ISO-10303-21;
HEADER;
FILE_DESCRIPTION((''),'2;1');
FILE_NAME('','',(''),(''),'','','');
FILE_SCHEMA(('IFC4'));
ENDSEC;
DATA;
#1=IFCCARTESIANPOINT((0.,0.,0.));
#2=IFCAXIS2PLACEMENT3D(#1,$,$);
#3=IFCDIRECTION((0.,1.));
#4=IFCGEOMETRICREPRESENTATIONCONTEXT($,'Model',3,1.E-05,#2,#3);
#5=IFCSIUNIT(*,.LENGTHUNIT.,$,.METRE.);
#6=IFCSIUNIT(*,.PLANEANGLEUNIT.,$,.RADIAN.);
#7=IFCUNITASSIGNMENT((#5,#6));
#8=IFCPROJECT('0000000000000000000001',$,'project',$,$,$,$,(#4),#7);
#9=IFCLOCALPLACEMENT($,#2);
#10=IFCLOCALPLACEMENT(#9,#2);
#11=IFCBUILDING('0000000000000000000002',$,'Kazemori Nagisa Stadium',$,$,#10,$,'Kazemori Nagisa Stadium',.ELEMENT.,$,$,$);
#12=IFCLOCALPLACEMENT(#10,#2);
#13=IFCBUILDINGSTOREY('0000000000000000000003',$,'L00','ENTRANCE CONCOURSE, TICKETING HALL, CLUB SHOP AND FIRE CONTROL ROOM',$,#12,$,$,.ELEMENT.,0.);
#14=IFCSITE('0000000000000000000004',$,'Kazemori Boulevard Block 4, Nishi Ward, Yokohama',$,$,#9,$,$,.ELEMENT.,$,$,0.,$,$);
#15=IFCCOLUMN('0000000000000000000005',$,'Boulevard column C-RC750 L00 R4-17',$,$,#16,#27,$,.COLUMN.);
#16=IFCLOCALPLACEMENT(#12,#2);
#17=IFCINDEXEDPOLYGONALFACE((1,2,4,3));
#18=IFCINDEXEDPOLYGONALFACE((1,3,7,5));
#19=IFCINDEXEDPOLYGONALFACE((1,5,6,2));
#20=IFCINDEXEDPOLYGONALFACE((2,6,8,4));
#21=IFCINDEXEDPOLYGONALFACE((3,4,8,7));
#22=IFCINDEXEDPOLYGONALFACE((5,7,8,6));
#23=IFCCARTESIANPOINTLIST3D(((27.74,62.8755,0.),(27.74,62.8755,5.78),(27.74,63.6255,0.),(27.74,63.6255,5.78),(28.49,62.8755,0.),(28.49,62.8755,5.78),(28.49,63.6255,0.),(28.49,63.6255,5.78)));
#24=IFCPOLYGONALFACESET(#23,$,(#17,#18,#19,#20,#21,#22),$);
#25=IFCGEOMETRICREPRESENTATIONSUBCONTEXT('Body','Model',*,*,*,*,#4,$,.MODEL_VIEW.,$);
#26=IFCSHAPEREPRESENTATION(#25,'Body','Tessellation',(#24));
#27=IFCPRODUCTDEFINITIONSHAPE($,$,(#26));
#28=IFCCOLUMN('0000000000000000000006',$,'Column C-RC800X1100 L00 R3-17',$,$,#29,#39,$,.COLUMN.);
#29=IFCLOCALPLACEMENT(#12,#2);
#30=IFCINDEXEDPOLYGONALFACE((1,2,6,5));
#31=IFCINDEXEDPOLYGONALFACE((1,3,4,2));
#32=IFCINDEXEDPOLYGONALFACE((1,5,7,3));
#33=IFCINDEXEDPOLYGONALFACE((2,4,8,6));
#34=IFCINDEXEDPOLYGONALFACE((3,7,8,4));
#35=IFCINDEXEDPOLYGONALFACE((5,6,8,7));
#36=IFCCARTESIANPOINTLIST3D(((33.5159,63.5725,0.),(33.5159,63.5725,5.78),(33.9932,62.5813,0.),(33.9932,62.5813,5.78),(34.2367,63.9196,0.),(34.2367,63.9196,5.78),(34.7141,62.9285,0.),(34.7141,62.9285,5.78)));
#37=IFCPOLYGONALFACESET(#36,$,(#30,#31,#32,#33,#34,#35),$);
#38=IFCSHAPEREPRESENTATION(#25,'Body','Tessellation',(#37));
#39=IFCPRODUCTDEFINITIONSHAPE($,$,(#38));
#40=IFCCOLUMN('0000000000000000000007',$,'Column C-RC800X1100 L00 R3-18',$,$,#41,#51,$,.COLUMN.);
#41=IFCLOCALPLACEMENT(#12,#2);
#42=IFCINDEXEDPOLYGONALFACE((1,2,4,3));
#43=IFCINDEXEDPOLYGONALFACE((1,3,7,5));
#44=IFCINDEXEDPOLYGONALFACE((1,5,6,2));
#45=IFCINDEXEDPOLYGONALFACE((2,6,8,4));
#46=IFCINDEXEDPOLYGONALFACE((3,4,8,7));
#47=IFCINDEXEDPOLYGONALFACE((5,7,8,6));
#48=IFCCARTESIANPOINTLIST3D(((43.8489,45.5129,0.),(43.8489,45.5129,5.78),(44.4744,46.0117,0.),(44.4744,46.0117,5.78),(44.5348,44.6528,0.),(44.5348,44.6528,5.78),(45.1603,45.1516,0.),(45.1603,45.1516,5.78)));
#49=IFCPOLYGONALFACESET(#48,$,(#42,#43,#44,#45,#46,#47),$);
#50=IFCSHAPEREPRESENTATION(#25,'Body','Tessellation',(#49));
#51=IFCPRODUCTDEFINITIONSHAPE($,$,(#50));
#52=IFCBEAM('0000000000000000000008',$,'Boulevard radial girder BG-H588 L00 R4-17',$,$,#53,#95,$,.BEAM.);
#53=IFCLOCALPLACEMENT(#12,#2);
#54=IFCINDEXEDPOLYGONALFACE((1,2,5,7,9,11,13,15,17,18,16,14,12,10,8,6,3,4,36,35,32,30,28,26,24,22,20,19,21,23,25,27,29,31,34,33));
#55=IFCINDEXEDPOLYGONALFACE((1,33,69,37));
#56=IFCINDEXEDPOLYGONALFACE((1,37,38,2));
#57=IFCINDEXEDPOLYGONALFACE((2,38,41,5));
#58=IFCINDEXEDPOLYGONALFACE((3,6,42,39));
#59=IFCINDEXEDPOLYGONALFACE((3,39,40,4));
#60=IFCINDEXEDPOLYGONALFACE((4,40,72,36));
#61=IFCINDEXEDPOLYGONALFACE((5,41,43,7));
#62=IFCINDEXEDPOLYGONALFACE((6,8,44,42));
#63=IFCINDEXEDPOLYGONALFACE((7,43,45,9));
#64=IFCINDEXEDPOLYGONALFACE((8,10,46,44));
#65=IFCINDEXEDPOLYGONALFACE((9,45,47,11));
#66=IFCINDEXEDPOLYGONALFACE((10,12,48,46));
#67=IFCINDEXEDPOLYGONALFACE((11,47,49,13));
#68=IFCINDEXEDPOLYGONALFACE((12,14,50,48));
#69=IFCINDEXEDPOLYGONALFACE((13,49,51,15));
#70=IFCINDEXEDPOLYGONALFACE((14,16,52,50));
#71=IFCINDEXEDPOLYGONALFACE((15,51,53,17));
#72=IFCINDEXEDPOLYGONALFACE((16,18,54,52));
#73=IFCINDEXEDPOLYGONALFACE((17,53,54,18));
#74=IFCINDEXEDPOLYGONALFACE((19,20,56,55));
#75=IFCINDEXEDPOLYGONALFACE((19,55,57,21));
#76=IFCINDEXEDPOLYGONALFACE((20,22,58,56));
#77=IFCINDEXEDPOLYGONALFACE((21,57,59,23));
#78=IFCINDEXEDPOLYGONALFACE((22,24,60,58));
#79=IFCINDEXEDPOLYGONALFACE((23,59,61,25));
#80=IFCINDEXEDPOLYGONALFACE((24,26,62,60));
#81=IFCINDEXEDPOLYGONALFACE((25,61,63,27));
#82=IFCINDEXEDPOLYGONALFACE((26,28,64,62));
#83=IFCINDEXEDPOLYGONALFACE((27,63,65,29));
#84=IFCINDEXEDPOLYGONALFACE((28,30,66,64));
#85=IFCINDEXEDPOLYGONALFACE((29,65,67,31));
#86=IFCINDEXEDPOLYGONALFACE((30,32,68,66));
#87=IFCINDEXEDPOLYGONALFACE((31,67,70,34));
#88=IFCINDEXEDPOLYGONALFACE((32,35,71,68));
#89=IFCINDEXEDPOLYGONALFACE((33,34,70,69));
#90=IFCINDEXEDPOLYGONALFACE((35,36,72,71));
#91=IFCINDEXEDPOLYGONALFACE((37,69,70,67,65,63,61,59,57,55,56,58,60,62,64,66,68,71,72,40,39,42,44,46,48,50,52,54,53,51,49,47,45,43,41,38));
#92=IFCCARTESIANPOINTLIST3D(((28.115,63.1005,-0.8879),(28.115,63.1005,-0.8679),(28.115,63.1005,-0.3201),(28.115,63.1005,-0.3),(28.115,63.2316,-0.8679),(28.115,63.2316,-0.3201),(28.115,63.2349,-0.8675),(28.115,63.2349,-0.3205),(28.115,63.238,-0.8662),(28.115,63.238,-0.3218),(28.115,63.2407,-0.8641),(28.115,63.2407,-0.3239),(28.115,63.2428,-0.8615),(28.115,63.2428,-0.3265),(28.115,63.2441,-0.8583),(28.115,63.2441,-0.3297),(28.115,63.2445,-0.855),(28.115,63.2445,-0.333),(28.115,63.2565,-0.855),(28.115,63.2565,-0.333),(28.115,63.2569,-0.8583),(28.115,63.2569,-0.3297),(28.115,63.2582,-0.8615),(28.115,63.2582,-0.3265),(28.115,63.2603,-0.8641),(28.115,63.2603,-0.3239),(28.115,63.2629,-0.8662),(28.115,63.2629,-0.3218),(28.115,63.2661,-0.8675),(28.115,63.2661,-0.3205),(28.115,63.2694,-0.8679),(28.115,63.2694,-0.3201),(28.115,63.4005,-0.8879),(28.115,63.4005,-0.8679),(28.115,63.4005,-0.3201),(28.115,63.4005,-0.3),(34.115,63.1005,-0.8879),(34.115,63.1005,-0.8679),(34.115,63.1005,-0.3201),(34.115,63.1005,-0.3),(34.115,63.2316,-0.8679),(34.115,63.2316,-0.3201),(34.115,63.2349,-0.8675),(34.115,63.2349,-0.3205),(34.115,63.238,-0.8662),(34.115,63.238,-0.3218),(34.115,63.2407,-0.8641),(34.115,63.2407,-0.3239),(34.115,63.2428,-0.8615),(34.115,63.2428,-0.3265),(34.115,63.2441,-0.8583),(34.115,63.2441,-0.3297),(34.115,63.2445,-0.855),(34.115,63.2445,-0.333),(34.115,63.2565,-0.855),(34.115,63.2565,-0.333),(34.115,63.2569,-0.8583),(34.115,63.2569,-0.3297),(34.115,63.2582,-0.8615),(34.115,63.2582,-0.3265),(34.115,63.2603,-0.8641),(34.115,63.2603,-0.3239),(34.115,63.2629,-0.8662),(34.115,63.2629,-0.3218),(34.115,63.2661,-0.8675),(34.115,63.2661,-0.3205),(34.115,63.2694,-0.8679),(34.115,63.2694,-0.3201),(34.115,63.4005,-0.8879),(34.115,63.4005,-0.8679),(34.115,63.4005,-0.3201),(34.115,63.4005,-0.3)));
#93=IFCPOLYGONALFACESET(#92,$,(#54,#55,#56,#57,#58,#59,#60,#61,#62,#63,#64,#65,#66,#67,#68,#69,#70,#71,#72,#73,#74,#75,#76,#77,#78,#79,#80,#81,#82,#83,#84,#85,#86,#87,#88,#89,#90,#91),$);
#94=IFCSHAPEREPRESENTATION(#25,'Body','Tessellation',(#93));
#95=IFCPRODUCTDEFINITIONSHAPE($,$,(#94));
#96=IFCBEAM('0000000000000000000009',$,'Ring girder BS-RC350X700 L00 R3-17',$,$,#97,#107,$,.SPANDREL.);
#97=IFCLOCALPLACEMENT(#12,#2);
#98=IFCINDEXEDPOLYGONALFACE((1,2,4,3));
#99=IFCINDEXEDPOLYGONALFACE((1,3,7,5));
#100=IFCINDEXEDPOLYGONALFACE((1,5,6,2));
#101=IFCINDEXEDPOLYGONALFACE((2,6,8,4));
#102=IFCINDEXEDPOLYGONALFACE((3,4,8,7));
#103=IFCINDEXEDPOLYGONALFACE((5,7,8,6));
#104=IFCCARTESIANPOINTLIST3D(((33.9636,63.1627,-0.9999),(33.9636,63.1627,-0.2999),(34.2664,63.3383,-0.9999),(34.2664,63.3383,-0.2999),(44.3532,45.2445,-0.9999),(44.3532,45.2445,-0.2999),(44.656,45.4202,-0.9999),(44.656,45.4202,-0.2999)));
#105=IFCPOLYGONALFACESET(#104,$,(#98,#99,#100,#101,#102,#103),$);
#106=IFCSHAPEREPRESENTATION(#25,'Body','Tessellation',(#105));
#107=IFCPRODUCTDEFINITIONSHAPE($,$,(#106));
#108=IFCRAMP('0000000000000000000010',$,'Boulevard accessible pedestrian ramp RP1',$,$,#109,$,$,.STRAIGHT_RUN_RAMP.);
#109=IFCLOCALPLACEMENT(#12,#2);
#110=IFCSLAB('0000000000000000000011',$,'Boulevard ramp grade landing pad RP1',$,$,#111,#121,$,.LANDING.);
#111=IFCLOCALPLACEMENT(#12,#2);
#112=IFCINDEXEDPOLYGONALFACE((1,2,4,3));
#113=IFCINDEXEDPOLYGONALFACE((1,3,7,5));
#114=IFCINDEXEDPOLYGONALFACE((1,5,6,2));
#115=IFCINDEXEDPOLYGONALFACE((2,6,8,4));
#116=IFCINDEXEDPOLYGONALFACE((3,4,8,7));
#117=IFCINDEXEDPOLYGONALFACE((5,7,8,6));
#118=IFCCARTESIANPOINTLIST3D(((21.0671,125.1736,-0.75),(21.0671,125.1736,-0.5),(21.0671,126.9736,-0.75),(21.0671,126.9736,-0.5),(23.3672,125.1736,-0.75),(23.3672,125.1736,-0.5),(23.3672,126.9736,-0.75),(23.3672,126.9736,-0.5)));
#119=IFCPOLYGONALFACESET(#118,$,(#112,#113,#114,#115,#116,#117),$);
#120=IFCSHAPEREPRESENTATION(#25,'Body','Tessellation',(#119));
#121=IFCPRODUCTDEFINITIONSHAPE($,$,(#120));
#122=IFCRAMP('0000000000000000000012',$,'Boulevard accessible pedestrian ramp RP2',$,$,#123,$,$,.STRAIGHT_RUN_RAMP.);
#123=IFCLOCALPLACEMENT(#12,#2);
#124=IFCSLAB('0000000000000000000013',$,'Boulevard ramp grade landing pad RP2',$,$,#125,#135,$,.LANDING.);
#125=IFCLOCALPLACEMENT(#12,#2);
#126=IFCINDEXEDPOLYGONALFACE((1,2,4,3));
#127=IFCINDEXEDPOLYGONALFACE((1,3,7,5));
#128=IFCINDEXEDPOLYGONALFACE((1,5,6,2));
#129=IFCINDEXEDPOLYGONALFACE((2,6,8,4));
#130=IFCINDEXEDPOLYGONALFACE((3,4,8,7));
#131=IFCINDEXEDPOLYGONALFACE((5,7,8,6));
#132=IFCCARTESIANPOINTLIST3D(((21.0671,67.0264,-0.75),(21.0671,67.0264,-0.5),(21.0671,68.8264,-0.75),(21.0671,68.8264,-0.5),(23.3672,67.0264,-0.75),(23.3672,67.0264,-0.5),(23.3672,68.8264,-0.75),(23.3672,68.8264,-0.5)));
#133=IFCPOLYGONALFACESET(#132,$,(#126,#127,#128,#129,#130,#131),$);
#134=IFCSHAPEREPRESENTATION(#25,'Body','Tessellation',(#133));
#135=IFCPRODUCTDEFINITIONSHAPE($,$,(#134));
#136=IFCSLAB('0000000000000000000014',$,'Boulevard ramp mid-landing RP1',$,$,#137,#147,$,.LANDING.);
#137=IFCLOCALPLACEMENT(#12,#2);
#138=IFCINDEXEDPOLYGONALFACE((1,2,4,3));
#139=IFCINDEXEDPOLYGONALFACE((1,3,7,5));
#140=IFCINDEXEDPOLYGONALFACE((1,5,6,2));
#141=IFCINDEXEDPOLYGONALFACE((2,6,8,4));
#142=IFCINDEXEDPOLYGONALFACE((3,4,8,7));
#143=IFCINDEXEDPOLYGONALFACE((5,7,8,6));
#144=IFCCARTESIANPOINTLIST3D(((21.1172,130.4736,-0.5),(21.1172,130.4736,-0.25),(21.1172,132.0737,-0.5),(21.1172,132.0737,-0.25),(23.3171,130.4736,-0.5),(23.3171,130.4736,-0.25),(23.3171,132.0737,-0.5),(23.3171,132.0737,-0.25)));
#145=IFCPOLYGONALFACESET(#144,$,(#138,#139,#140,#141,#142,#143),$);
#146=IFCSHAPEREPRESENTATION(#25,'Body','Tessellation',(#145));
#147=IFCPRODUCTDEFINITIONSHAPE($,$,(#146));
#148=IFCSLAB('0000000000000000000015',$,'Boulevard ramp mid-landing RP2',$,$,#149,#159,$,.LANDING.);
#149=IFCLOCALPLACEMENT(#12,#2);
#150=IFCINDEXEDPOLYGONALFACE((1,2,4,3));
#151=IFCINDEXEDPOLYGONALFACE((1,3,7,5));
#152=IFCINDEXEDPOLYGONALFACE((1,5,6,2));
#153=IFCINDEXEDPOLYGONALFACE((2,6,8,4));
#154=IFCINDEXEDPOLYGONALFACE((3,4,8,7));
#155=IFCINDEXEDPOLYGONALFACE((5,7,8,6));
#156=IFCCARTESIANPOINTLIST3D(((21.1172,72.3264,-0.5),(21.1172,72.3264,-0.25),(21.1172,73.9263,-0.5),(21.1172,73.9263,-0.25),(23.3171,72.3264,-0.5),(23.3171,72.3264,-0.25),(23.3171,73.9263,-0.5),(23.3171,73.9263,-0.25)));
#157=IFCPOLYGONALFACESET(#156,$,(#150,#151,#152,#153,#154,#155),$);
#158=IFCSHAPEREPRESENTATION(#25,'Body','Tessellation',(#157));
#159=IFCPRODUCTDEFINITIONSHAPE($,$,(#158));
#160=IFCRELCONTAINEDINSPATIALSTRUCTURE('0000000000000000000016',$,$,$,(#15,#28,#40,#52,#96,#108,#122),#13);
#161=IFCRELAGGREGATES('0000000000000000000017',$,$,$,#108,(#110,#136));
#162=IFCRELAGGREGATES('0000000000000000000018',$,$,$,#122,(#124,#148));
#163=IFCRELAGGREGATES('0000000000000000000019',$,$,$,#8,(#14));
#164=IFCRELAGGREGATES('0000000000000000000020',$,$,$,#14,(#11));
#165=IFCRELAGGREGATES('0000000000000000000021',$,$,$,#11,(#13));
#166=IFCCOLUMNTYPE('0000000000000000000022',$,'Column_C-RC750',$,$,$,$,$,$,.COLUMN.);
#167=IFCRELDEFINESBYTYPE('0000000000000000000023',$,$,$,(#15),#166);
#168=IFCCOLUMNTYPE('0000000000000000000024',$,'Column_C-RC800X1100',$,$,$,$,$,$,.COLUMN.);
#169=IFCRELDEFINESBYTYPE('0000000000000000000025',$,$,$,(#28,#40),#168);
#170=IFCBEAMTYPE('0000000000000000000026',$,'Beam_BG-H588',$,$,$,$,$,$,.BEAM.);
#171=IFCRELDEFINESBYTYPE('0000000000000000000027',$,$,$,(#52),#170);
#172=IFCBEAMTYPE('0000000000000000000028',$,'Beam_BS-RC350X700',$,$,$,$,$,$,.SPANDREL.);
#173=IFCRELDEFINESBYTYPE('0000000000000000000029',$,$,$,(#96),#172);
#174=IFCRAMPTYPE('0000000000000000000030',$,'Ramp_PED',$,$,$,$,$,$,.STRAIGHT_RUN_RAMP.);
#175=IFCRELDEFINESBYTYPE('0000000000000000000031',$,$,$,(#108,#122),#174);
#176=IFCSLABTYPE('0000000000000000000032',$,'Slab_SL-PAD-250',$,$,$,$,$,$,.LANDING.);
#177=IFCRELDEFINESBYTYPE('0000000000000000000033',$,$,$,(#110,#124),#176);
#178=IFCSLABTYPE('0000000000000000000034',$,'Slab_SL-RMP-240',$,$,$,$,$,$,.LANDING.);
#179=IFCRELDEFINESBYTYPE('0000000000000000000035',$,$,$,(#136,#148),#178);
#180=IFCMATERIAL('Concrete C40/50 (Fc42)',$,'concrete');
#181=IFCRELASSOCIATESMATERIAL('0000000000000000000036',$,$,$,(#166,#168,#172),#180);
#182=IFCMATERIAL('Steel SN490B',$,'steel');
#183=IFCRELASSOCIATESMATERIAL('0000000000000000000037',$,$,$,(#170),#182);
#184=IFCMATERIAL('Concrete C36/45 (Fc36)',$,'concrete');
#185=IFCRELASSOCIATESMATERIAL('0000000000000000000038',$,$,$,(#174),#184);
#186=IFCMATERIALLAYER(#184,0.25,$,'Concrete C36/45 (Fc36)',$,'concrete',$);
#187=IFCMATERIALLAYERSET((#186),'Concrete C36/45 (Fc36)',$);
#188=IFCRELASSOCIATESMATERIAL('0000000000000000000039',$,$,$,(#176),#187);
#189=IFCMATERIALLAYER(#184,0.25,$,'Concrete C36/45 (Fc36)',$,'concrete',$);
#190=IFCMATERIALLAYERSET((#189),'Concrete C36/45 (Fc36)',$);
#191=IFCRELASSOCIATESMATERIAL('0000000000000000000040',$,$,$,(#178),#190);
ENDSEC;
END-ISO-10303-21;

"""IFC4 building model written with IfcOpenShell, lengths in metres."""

from ifc_helpers import new_model, si_unit, direction, frame, origin, origin_2d, place, context, subcontext, project, spatial, polyline, rectangle, i_section, outline, extrude, material, layer, layer_set, material_profile, profile_set, type_object, element, aggregate, save


model = new_model("IFC4")

# Units and contexts
model_context = context("Model", 3, precision=1e-05, world=origin(), true_north=direction((0.0, 1.0)))
body_context = subcontext(model_context, "Body", "Model", "MODEL_VIEW")
ifc_project = project(units=[si_unit("LENGTHUNIT", "METRE"), si_unit("PLANEANGLEUNIT", "RADIAN")], contexts=[model_context])

# Site, building, storey
site_placement = place(None, origin())
site = spatial("IfcSite", under=ifc_project, at=site_placement, Name="Kazemori Boulevard Block 4, Nishi Ward, Yokohama", CompositionType="ELEMENT", RefElevation=0.0)
building_placement = place(site_placement, origin())
building = spatial("IfcBuilding", under=site, at=building_placement, Name="Kazemori Nagisa Stadium", LongName="Kazemori Nagisa Stadium", CompositionType="ELEMENT")
storey_placement = place(building_placement, origin())
storey = spatial("IfcBuildingStorey", under=building, at=storey_placement, Name="L00", Description="ENTRANCE CONCOURSE, TICKETING HALL, CLUB SHOP AND FIRE CONTROL ROOM", CompositionType="ELEMENT", Elevation=0.0)

# Columns
ifc_material_1 = material(Name="Concrete C40/50 (Fc42)", Category="concrete")
ifc_material_profile_1 = material_profile(ifc_material_1, rectangle(XDim=0.75, YDim=0.75, at=origin_2d()), Name="RC-COL-750x750")
ifc_profile_set_1 = profile_set([ifc_material_profile_1], Name="Concrete C40/50 (Fc42)")
column_type_1 = type_object("IfcColumnType", Name="Column_C-RC750", PredefinedType="COLUMN", material=ifc_profile_set_1)
column_placement = place(storey_placement, frame((28.115, 63.2505, 0.0), z_axis=(0.0, 0.0, 1.0), x_axis=(1.0, 0.0, 0.0)))
element("IfcColumn", 1, at=column_placement, inside=storey, type_object=column_type_1, Name="Boulevard column C-RC750 L00 R4-17", PredefinedType="COLUMN", context=body_context, shape_type="SweptSolid", body=[
    extrude(rectangle(XDim=0.75, YDim=0.75, at=origin_2d()), origin(), (0.0, 0.0, 1.0), 5.78),
])
ifc_material_profile_2 = material_profile(ifc_material_1, rectangle(XDim=0.8, YDim=1.1001, at=origin_2d()), Name="RC-COL-800x1100")
ifc_profile_set_2 = profile_set([ifc_material_profile_2], Name="Concrete C40/50 (Fc42)")
column_type_2 = type_object("IfcColumnType", Name="Column_C-RC800X1100", PredefinedType="COLUMN", material=ifc_profile_set_2)
for number, where, z_axis, x_axis, name in (
    (2, (34.115, 63.2505, 0.0), (0.0, 0.0, 1.0), (-0.900969, -0.433884, 0.0), "Column C-RC800X1100 L00 R3-17"),
    (3, (44.5046, 45.3323, 0.0), (0.0, 0.0, 1.0), (-0.781831, -0.62349, 0.0), "Column C-RC800X1100 L00 R3-18"),
):
    element("IfcColumn", number, at=place(storey_placement, frame(where, z_axis=z_axis, x_axis=x_axis)), inside=storey, type_object=column_type_2, Name=name, PredefinedType="COLUMN", context=body_context, shape_type="SweptSolid", body=[
        extrude(rectangle(XDim=0.8, YDim=1.1001, at=origin_2d()), origin(), (0.0, 0.0, 1.0), 5.78),
    ])

# Beams
ifc_material_2 = material(Name="Steel SN490B", Category="steel")
ifc_material_profile_3 = material_profile(ifc_material_2, i_section(OverallWidth=0.3, OverallDepth=0.5879, WebThickness=0.012, FlangeThickness=0.02, FilletRadius=0.0129, at=origin_2d()), Name="H-588x300x12x20")
ifc_profile_set_3 = profile_set([ifc_material_profile_3], Name="Steel SN490B")
beam_type_1 = type_object("IfcBeamType", Name="Beam_BG-H588", PredefinedType="BEAM", material=ifc_profile_set_3)
beam_1_placement = place(storey_placement, frame((34.115, 63.2505, -0.594), z_axis=(-1.0, 0.0, 0.0), x_axis=(0.0, -1.0, 0.0)))
element("IfcBeam", 4, at=beam_1_placement, inside=storey, type_object=beam_type_1, Name="Boulevard radial girder BG-H588 L00 R4-17", PredefinedType="BEAM", context=body_context, shape_type="SweptSolid", body=[
    extrude(i_section(OverallWidth=0.3, OverallDepth=0.5879, WebThickness=0.012, FlangeThickness=0.02, FilletRadius=0.0129, at=origin_2d()), origin(), (0.0, 0.0, 1.0), 6.0),
])
ifc_material_profile_4 = material_profile(ifc_material_1, rectangle(XDim=0.3501, YDim=0.7, at=origin_2d()), Name="RC-SP-350x700")
ifc_profile_set_4 = profile_set([ifc_material_profile_4], Name="Concrete C40/50 (Fc42)")
beam_type_2 = type_object("IfcBeamType", Name="Beam_BS-RC350X700", PredefinedType="SPANDREL", material=ifc_profile_set_4)
beam_2_placement = place(storey_placement, frame((34.115, 63.2505, -0.6499), z_axis=(0.501613, -0.865092, 0.0), x_axis=(0.865092, 0.501613, 0.0)))
element("IfcBeam", 5, at=beam_2_placement, inside=storey, type_object=beam_type_2, Name="Ring girder BS-RC350X700 L00 R3-17", PredefinedType="SPANDREL", context=body_context, shape_type="SweptSolid", body=[
    extrude(rectangle(XDim=0.3501, YDim=0.7, at=origin_2d()), origin(), (0.0, 0.0, 1.0), 20.7124),
])

# Ramps, slabs
ifc_material_3 = material(Name="Concrete C36/45 (Fc36)", Category="concrete")
ramp_type = type_object("IfcRampType", Name="Ramp_PED", PredefinedType="STRAIGHT_RUN_RAMP", material=ifc_material_3)
ramp_1_placement = place(storey_placement, origin())
ramp_1 = element("IfcRamp", 6, at=ramp_1_placement, inside=storey, type_object=ramp_type, Name="Boulevard accessible pedestrian ramp RP1", PredefinedType="STRAIGHT_RUN_RAMP")
ifc_layer_1 = layer(ifc_material_3, 0.25, Name="Concrete C36/45 (Fc36)", Category="concrete")
ifc_layer_set_1 = layer_set([ifc_layer_1], Name="Concrete C36/45 (Fc36)")
slab_type_1 = type_object("IfcSlabType", Name="Slab_SL-PAD-250", PredefinedType="LANDING", material=ifc_layer_set_1)
slab_1_placement = place(storey_placement, frame((0.0, 0.0, -0.75)))
slab_1 = element("IfcSlab", 7, at=slab_1_placement, type_object=slab_type_1, Name="Boulevard ramp grade landing pad RP1", PredefinedType="LANDING", context=body_context, shape_type="SweptSolid", body=[
    extrude(outline(polyline([(21.0671, 125.1736), (23.3672, 125.1736), (23.3672, 126.9736), (21.0671, 126.9736), (21.0671, 125.1736)])), origin(), (0.0, 0.0, 1.0), 0.25),
])
ramp_2_placement = place(storey_placement, origin())
ramp_2 = element("IfcRamp", 8, at=ramp_2_placement, inside=storey, type_object=ramp_type, Name="Boulevard accessible pedestrian ramp RP2", PredefinedType="STRAIGHT_RUN_RAMP")
slab_2_placement = place(storey_placement, frame((0.0, 0.0, -0.75)))
slab_2 = element("IfcSlab", 9, at=slab_2_placement, type_object=slab_type_1, Name="Boulevard ramp grade landing pad RP2", PredefinedType="LANDING", context=body_context, shape_type="SweptSolid", body=[
    extrude(outline(polyline([(21.0671, 67.0264), (23.3672, 67.0264), (23.3672, 68.8264), (21.0671, 68.8264), (21.0671, 67.0264)])), origin(), (0.0, 0.0, 1.0), 0.25),
])

# Slabs
ifc_layer_2 = layer(ifc_material_3, 0.25, Name="Concrete C36/45 (Fc36)", Category="concrete")
ifc_layer_set_2 = layer_set([ifc_layer_2], Name="Concrete C36/45 (Fc36)")
slab_type_2 = type_object("IfcSlabType", Name="Slab_SL-RMP-240", PredefinedType="LANDING", material=ifc_layer_set_2)
slab_3_placement = place(storey_placement, frame((0.0, 0.0, -0.5)))
slab_3 = element("IfcSlab", 10, at=slab_3_placement, type_object=slab_type_2, Name="Boulevard ramp mid-landing RP1", PredefinedType="LANDING", context=body_context, shape_type="SweptSolid", body=[
    extrude(outline(polyline([(21.1172, 130.4736), (23.3171, 130.4736), (23.3171, 132.0737), (21.1172, 132.0737), (21.1172, 130.4736)])), origin(), (0.0, 0.0, 1.0), 0.25),
])
aggregate(ramp_1, [slab_1, slab_3])
slab_4_placement = place(storey_placement, frame((0.0, 0.0, -0.5)))
slab_4 = element("IfcSlab", 11, at=slab_4_placement, type_object=slab_type_2, Name="Boulevard ramp mid-landing RP2", PredefinedType="LANDING", context=body_context, shape_type="SweptSolid", body=[
    extrude(outline(polyline([(21.1172, 72.3264), (23.3171, 72.3264), (23.3171, 73.9263), (21.1172, 73.9263), (21.1172, 72.3264)])), origin(), (0.0, 0.0, 1.0), 0.25),
])
aggregate(ramp_2, [slab_2, slab_4])

save(model, "model.ifc")
